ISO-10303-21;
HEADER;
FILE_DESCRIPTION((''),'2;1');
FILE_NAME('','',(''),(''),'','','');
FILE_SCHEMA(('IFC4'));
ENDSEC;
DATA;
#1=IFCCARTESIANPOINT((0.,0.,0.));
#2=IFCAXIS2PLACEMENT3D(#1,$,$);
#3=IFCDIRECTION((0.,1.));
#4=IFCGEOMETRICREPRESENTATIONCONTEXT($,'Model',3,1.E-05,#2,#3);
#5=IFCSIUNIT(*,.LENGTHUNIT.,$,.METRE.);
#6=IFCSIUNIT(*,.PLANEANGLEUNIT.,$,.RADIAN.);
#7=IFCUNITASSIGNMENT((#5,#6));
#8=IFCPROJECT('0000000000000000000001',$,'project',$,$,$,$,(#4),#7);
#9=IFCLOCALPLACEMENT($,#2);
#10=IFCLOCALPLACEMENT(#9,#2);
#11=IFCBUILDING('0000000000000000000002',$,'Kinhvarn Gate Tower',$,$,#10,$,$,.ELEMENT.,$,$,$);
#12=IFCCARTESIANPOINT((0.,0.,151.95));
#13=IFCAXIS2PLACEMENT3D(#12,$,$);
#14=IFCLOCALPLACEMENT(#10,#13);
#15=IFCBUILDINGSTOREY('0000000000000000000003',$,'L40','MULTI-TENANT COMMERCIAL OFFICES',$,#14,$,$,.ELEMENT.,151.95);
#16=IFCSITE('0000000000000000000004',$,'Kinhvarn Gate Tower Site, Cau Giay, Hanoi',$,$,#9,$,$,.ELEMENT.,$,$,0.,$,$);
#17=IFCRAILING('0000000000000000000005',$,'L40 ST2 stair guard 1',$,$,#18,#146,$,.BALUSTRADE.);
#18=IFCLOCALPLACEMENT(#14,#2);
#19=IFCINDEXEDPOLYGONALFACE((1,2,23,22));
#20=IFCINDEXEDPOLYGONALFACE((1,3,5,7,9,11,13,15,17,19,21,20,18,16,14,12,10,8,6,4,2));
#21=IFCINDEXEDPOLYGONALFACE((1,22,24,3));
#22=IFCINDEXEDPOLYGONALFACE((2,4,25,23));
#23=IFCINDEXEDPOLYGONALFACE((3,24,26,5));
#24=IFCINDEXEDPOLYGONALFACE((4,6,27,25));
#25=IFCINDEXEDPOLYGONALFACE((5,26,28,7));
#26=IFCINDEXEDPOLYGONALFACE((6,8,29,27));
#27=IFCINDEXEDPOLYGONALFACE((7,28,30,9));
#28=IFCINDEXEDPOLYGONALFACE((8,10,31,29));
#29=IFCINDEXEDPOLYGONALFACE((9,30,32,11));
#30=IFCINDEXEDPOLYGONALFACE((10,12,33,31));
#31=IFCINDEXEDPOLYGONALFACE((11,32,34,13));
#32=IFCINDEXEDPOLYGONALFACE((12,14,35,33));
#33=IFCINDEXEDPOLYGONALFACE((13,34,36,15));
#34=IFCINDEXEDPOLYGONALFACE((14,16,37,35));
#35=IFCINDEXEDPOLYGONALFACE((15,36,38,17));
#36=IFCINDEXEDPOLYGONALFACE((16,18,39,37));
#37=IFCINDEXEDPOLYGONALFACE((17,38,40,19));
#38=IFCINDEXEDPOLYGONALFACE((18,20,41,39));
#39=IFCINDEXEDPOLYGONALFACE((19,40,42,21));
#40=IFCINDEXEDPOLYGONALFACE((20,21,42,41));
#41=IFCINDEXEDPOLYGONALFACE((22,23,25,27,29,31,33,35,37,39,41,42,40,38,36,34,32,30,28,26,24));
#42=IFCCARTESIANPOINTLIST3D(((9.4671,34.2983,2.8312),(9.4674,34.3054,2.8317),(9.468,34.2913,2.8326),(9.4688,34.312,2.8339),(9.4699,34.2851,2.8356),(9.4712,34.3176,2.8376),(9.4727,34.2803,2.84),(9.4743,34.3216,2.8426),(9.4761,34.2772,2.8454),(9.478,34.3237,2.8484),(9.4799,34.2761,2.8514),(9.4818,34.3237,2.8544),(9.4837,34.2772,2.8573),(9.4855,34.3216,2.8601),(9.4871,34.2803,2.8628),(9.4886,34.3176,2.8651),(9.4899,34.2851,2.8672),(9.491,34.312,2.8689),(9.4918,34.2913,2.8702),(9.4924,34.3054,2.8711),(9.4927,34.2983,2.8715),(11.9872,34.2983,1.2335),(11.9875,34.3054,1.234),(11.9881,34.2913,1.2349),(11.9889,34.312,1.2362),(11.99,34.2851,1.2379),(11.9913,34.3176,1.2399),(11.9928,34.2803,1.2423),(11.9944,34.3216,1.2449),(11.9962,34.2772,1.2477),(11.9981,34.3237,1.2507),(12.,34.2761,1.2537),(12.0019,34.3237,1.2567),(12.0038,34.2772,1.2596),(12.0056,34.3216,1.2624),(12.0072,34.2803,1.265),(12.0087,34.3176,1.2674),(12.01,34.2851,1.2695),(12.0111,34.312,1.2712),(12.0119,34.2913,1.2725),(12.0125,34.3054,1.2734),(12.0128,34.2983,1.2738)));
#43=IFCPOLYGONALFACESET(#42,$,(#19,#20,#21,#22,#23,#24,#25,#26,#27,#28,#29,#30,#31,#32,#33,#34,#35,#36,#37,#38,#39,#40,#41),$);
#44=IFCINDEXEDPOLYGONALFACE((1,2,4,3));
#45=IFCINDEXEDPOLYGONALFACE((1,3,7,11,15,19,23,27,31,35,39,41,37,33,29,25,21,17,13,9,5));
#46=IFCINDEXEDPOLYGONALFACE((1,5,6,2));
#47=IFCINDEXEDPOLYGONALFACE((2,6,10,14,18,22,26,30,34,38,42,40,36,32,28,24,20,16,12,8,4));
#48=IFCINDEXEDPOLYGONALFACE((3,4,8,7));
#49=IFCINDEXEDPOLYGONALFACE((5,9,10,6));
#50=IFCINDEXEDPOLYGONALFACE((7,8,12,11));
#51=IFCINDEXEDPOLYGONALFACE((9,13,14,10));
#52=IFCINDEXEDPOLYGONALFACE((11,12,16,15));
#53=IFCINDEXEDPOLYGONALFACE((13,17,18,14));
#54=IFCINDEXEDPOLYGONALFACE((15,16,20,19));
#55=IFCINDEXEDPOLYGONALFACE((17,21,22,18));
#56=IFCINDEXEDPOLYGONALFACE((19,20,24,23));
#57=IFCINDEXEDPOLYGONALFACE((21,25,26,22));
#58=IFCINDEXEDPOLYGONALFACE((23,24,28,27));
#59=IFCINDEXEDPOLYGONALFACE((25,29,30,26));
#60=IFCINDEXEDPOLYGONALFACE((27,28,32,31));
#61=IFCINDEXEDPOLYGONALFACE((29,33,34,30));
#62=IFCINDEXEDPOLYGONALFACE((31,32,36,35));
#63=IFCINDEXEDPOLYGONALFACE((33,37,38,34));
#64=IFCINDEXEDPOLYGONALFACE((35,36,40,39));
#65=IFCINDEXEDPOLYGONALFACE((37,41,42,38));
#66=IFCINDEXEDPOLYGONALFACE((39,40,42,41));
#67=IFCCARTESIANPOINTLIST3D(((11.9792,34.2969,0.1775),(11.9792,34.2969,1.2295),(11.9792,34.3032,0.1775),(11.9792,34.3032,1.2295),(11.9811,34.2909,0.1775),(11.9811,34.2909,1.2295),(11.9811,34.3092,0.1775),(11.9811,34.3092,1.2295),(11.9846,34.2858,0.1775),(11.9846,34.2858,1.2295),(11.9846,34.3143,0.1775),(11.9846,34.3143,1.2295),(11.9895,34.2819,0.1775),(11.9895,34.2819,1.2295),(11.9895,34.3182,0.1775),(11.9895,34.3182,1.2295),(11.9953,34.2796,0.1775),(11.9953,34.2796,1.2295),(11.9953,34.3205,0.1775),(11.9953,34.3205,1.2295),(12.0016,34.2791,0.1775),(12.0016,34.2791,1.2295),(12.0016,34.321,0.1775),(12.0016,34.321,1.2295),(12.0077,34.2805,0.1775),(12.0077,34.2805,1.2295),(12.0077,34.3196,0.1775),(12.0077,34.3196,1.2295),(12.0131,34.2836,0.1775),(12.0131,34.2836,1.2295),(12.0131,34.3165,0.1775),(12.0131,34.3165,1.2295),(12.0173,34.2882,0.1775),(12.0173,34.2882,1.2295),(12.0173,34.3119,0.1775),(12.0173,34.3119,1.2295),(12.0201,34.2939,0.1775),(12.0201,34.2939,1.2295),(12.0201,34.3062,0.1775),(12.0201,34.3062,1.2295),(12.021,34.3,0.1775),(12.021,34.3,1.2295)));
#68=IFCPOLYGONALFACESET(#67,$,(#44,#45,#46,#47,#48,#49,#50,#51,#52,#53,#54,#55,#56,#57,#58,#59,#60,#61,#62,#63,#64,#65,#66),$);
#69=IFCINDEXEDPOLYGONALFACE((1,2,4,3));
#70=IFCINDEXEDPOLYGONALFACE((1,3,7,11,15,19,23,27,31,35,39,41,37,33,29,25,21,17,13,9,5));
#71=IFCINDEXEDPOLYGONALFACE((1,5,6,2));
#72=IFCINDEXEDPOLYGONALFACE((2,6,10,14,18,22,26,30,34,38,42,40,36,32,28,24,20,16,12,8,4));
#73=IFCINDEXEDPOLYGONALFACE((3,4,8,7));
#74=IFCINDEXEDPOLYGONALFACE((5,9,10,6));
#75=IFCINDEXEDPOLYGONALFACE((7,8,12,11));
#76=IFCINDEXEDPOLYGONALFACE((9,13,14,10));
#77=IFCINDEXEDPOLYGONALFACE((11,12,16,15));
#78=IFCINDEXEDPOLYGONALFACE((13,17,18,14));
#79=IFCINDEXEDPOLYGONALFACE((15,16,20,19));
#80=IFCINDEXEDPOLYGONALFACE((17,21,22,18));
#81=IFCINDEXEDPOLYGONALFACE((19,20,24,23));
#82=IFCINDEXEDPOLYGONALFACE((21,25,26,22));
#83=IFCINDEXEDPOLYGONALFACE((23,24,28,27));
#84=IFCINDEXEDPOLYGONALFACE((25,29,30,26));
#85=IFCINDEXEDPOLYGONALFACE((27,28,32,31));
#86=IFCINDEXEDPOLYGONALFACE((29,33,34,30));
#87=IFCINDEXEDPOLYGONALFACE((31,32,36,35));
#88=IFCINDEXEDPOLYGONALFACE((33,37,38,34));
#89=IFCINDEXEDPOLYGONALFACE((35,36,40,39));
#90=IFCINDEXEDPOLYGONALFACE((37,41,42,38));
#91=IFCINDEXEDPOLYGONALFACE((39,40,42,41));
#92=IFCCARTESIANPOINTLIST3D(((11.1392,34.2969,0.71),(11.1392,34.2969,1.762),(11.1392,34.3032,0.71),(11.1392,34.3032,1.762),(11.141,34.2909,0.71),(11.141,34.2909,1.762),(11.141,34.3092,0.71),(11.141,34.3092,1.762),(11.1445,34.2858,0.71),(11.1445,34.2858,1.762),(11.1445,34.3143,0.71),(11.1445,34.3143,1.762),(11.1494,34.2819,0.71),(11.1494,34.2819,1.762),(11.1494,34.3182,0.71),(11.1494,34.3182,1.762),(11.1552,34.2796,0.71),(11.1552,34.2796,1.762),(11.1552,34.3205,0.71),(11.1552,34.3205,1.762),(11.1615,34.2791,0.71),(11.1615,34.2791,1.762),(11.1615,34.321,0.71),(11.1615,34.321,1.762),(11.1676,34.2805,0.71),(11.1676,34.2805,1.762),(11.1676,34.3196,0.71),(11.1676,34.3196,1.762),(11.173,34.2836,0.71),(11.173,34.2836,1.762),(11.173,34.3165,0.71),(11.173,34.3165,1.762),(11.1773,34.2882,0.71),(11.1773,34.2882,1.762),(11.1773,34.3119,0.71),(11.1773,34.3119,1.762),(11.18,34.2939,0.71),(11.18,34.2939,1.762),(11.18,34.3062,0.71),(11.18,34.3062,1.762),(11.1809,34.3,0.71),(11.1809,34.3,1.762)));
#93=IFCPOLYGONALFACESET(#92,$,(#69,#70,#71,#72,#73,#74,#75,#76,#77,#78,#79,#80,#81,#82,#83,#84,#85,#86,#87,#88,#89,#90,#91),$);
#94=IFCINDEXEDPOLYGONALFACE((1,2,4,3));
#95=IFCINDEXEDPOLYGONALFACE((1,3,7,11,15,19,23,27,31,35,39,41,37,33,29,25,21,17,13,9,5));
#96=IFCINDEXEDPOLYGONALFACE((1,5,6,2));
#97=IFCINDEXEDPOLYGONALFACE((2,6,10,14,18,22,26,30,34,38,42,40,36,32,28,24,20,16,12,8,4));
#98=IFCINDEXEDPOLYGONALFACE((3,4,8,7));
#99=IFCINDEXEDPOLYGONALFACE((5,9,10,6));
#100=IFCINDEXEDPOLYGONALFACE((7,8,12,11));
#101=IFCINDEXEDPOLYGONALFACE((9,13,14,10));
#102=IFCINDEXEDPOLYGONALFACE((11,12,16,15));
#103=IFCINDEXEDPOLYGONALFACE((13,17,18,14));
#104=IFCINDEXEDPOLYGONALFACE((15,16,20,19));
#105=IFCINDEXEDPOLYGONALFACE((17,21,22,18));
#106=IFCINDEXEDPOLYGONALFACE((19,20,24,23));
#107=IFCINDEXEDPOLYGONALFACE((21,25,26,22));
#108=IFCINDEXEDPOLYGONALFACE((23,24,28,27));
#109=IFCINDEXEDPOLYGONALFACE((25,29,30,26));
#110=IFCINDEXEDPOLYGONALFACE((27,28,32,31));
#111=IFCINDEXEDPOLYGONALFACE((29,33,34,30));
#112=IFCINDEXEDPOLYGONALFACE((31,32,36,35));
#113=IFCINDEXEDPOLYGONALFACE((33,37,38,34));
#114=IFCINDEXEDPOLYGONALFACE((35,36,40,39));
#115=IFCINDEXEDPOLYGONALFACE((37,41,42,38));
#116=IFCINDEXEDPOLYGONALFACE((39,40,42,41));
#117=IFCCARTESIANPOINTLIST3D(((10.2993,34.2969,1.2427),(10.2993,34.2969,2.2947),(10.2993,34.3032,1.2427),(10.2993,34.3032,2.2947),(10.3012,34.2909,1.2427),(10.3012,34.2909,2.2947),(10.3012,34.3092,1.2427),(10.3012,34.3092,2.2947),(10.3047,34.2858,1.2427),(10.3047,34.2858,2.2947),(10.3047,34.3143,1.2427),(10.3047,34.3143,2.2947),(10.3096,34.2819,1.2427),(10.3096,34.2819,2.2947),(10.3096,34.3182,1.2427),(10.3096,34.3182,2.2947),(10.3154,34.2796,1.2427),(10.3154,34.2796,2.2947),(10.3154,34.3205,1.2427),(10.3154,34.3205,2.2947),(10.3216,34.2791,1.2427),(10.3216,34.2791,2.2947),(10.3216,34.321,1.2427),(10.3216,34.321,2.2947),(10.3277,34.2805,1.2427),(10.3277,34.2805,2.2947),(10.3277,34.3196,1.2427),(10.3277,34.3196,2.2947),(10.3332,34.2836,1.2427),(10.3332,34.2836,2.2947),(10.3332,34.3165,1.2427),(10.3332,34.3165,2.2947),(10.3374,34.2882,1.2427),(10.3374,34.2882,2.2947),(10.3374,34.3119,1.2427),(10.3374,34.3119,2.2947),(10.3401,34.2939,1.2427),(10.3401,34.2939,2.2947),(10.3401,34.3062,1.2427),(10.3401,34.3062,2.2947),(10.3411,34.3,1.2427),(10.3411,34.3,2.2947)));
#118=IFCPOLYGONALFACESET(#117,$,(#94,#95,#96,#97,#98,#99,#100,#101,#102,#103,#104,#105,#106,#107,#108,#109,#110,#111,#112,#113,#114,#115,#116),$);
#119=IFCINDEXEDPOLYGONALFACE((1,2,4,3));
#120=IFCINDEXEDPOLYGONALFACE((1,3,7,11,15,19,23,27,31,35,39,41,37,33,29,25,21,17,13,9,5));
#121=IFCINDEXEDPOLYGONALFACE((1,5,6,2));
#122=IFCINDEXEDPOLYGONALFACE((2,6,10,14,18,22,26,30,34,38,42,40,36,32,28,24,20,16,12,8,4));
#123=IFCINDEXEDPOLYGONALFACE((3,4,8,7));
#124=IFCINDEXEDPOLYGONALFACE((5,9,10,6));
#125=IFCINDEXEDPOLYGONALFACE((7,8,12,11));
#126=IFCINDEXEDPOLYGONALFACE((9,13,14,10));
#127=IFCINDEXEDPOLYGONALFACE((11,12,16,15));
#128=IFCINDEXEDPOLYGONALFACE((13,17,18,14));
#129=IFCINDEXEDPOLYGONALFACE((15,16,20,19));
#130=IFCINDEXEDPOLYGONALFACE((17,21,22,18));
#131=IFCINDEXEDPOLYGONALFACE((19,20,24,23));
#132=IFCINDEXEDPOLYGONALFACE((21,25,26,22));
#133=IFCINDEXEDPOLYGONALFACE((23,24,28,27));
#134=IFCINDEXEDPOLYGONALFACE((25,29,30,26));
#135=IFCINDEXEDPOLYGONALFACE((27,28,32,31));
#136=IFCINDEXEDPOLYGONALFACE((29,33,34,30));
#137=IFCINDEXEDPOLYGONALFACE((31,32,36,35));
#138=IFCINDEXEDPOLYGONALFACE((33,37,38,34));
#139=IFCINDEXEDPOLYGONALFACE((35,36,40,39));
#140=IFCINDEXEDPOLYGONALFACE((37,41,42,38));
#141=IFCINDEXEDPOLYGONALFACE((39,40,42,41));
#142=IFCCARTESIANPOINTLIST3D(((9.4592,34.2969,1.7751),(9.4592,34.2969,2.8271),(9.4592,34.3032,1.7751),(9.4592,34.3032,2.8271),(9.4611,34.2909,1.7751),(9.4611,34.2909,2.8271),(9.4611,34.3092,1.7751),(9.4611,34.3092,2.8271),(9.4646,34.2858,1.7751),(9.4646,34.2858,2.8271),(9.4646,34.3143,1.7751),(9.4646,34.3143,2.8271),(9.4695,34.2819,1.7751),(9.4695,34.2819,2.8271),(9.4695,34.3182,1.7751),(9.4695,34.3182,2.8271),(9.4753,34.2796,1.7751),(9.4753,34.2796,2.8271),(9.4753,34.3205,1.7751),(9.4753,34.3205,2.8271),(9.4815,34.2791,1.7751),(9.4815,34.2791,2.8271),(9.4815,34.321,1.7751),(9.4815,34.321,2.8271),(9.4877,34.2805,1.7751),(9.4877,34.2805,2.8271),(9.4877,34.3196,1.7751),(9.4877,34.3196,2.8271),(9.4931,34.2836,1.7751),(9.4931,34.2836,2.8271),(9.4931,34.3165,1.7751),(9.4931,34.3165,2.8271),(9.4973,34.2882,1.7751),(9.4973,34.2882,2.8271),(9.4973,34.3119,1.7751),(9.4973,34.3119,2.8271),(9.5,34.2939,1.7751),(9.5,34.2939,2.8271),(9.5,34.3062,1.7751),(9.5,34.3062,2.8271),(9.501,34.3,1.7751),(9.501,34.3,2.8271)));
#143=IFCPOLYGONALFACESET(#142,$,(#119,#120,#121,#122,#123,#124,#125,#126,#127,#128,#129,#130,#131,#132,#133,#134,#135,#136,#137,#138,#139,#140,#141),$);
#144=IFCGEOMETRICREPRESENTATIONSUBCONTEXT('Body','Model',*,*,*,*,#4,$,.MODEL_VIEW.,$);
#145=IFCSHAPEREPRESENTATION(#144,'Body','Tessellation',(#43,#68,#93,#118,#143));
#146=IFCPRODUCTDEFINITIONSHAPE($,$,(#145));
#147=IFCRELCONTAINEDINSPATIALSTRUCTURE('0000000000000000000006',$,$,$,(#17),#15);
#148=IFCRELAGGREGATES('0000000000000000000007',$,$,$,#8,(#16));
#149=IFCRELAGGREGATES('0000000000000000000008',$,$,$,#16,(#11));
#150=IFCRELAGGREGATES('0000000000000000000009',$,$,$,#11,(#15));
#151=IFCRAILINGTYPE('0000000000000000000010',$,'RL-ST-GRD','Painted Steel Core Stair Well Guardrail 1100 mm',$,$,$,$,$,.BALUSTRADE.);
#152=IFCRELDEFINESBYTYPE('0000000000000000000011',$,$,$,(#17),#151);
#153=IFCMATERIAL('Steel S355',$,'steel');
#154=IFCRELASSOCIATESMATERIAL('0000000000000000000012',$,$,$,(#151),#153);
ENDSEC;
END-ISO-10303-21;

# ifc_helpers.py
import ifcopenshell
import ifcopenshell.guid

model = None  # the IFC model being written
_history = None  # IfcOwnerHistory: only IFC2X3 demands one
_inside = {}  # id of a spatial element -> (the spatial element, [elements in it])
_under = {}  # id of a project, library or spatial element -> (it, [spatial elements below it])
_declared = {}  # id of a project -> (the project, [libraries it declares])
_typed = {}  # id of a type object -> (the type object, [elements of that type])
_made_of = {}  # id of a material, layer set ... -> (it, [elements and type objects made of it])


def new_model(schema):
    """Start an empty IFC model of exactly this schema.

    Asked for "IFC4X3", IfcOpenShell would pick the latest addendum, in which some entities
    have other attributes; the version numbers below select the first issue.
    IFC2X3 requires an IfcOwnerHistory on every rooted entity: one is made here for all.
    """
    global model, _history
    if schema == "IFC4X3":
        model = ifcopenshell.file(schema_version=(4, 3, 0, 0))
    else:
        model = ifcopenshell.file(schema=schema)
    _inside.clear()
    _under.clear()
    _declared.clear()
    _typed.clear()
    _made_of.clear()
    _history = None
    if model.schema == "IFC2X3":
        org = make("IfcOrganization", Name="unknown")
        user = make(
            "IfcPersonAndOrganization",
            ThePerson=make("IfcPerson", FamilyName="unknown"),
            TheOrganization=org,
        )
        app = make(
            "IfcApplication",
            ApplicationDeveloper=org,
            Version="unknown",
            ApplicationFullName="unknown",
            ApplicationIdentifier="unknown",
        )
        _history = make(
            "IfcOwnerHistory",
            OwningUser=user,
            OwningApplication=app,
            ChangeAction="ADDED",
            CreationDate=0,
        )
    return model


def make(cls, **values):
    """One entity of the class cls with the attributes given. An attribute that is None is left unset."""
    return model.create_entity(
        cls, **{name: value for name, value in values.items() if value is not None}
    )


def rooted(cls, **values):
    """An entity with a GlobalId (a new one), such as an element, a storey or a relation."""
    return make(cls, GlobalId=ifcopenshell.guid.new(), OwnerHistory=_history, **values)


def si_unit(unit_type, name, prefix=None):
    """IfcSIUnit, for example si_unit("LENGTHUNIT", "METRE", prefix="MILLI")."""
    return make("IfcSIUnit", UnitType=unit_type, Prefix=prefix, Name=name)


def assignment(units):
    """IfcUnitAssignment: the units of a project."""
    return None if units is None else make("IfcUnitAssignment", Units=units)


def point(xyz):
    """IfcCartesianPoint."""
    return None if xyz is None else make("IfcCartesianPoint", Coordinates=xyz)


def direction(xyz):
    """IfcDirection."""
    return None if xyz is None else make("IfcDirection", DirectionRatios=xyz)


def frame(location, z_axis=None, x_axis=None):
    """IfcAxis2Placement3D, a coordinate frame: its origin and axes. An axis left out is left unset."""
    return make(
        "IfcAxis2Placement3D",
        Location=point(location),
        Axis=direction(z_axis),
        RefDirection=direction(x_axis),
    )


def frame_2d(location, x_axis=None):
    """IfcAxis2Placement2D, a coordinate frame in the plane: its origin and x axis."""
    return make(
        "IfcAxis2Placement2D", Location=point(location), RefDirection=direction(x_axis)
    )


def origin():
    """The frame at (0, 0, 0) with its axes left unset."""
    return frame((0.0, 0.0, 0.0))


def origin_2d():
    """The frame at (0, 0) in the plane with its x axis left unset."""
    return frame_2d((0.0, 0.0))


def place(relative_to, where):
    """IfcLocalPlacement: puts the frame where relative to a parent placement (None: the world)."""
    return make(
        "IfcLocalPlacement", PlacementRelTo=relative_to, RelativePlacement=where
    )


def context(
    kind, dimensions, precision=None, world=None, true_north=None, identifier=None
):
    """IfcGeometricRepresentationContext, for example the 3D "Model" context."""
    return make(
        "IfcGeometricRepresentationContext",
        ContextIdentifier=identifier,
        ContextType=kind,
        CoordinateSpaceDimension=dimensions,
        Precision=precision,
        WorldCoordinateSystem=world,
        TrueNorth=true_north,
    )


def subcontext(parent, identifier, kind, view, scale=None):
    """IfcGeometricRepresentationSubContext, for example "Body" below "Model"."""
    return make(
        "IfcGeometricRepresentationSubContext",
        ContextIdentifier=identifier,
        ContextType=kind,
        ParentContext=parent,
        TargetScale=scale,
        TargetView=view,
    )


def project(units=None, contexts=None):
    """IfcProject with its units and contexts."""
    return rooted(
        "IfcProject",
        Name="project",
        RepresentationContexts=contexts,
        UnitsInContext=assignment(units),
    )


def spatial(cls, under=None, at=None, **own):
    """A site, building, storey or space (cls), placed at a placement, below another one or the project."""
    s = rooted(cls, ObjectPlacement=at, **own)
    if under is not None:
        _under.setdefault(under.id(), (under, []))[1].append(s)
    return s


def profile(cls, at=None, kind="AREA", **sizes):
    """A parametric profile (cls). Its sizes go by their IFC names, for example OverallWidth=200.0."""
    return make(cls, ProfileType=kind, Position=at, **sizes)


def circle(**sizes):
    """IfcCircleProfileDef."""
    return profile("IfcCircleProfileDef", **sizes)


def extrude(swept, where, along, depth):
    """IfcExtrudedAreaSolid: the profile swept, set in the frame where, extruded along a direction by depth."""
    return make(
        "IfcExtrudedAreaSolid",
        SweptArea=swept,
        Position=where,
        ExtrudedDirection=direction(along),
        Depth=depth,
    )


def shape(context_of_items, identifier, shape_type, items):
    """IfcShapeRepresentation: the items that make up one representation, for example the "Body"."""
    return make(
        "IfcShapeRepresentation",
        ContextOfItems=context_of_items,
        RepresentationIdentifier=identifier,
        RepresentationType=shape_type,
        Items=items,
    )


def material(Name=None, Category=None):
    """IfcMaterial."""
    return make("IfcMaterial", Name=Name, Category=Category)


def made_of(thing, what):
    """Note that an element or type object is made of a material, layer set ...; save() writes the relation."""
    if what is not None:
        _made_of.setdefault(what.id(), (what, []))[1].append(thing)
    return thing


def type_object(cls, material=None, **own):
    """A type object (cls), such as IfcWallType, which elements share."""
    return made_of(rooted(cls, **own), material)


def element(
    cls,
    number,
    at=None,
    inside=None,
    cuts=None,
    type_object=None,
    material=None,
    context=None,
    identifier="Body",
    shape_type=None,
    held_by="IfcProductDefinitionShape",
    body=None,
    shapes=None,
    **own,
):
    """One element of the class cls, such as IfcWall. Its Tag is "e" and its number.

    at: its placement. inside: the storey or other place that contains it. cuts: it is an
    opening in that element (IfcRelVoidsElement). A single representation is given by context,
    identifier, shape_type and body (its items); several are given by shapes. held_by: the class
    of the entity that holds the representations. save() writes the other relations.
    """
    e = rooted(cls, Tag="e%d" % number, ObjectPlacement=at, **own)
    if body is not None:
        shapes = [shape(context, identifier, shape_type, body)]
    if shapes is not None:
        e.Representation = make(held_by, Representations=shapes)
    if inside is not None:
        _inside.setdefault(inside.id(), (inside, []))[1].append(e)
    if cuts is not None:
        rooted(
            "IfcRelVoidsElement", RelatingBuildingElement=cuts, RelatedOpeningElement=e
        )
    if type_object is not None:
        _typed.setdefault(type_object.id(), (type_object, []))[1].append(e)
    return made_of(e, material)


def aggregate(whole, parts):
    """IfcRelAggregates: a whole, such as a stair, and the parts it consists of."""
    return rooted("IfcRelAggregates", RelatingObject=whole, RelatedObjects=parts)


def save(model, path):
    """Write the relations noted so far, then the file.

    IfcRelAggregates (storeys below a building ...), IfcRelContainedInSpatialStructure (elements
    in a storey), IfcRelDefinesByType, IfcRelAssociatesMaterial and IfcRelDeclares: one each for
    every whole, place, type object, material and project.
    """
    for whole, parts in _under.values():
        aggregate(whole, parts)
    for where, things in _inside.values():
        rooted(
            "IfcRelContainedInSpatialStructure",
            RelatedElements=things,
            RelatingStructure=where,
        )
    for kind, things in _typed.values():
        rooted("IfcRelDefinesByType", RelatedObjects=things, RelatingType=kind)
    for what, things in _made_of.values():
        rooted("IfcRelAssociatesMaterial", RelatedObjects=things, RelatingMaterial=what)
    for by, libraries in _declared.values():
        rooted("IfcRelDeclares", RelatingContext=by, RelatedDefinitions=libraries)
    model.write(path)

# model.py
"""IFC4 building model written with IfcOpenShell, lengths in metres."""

from ifc_helpers import new_model, si_unit, direction, frame, origin, origin_2d, place, context, subcontext, project, spatial, circle, extrude, material, type_object, element, save


model = new_model("IFC4")

# Units and contexts
model_context = context("Model", 3, precision=1e-05, world=origin(), true_north=direction((0.0, 1.0)))
body_context = subcontext(model_context, "Body", "Model", "MODEL_VIEW")
ifc_project = project(units=[si_unit("LENGTHUNIT", "METRE"), si_unit("PLANEANGLEUNIT", "RADIAN")], contexts=[model_context])

# Site, building, storey
site_placement = place(None, origin())
site = spatial("IfcSite", under=ifc_project, at=site_placement, Name="Kinhvarn Gate Tower Site, Cau Giay, Hanoi", CompositionType="ELEMENT", RefElevation=0.0)
building_placement = place(site_placement, origin())
building = spatial("IfcBuilding", under=site, at=building_placement, Name="Kinhvarn Gate Tower", CompositionType="ELEMENT")
storey_placement = place(building_placement, frame((0.0, 0.0, 151.95)))
storey = spatial("IfcBuildingStorey", under=building, at=storey_placement, Name="L40", Description="MULTI-TENANT COMMERCIAL OFFICES", CompositionType="ELEMENT", Elevation=151.95)

# Shared definitions
ifc_material_1 = material(Name="Steel S355", Category="steel")

# Railing
railing_type_1 = type_object("IfcRailingType", Name="RL-ST-GRD", Description="Painted Steel Core Stair Well Guardrail 1100 mm", PredefinedType="BALUSTRADE", material=ifc_material_1)
railing_1_placement = place(storey_placement, frame((12.0, 34.3, 0.1775)))
element("IfcRailing", 1, at=railing_1_placement, inside=storey, type_object=railing_type_1, Name="L40 ST2 stair guard 1", PredefinedType="BALUSTRADE", context=body_context, shape_type="SweptSolid", body=[
    extrude(circle(Radius=0.0239, at=origin_2d()), frame((0.0, 0.0, 1.0762), z_axis=(-0.84457, 0.0, 0.535445), x_axis=(0.0, -1.0, 0.0)), (0.0, 0.0, 1.0), 2.9839),
    extrude(circle(Radius=0.021, at=origin_2d()), origin(), (0.0, 0.0, 1.0), 1.052),
    extrude(circle(Radius=0.021, at=origin_2d()), frame((-0.8401, 0.0, 0.5325)), (0.0, 0.0, 1.0), 1.052),
    extrude(circle(Radius=0.021, at=origin_2d()), frame((-1.6799, 0.0, 1.0652)), (0.0, 0.0, 1.0), 1.052),
    extrude(circle(Radius=0.021, at=origin_2d()), frame((-2.52, 0.0, 1.5977)), (0.0, 0.0, 1.0), 1.052),
])

save(model, "model.ifc")
